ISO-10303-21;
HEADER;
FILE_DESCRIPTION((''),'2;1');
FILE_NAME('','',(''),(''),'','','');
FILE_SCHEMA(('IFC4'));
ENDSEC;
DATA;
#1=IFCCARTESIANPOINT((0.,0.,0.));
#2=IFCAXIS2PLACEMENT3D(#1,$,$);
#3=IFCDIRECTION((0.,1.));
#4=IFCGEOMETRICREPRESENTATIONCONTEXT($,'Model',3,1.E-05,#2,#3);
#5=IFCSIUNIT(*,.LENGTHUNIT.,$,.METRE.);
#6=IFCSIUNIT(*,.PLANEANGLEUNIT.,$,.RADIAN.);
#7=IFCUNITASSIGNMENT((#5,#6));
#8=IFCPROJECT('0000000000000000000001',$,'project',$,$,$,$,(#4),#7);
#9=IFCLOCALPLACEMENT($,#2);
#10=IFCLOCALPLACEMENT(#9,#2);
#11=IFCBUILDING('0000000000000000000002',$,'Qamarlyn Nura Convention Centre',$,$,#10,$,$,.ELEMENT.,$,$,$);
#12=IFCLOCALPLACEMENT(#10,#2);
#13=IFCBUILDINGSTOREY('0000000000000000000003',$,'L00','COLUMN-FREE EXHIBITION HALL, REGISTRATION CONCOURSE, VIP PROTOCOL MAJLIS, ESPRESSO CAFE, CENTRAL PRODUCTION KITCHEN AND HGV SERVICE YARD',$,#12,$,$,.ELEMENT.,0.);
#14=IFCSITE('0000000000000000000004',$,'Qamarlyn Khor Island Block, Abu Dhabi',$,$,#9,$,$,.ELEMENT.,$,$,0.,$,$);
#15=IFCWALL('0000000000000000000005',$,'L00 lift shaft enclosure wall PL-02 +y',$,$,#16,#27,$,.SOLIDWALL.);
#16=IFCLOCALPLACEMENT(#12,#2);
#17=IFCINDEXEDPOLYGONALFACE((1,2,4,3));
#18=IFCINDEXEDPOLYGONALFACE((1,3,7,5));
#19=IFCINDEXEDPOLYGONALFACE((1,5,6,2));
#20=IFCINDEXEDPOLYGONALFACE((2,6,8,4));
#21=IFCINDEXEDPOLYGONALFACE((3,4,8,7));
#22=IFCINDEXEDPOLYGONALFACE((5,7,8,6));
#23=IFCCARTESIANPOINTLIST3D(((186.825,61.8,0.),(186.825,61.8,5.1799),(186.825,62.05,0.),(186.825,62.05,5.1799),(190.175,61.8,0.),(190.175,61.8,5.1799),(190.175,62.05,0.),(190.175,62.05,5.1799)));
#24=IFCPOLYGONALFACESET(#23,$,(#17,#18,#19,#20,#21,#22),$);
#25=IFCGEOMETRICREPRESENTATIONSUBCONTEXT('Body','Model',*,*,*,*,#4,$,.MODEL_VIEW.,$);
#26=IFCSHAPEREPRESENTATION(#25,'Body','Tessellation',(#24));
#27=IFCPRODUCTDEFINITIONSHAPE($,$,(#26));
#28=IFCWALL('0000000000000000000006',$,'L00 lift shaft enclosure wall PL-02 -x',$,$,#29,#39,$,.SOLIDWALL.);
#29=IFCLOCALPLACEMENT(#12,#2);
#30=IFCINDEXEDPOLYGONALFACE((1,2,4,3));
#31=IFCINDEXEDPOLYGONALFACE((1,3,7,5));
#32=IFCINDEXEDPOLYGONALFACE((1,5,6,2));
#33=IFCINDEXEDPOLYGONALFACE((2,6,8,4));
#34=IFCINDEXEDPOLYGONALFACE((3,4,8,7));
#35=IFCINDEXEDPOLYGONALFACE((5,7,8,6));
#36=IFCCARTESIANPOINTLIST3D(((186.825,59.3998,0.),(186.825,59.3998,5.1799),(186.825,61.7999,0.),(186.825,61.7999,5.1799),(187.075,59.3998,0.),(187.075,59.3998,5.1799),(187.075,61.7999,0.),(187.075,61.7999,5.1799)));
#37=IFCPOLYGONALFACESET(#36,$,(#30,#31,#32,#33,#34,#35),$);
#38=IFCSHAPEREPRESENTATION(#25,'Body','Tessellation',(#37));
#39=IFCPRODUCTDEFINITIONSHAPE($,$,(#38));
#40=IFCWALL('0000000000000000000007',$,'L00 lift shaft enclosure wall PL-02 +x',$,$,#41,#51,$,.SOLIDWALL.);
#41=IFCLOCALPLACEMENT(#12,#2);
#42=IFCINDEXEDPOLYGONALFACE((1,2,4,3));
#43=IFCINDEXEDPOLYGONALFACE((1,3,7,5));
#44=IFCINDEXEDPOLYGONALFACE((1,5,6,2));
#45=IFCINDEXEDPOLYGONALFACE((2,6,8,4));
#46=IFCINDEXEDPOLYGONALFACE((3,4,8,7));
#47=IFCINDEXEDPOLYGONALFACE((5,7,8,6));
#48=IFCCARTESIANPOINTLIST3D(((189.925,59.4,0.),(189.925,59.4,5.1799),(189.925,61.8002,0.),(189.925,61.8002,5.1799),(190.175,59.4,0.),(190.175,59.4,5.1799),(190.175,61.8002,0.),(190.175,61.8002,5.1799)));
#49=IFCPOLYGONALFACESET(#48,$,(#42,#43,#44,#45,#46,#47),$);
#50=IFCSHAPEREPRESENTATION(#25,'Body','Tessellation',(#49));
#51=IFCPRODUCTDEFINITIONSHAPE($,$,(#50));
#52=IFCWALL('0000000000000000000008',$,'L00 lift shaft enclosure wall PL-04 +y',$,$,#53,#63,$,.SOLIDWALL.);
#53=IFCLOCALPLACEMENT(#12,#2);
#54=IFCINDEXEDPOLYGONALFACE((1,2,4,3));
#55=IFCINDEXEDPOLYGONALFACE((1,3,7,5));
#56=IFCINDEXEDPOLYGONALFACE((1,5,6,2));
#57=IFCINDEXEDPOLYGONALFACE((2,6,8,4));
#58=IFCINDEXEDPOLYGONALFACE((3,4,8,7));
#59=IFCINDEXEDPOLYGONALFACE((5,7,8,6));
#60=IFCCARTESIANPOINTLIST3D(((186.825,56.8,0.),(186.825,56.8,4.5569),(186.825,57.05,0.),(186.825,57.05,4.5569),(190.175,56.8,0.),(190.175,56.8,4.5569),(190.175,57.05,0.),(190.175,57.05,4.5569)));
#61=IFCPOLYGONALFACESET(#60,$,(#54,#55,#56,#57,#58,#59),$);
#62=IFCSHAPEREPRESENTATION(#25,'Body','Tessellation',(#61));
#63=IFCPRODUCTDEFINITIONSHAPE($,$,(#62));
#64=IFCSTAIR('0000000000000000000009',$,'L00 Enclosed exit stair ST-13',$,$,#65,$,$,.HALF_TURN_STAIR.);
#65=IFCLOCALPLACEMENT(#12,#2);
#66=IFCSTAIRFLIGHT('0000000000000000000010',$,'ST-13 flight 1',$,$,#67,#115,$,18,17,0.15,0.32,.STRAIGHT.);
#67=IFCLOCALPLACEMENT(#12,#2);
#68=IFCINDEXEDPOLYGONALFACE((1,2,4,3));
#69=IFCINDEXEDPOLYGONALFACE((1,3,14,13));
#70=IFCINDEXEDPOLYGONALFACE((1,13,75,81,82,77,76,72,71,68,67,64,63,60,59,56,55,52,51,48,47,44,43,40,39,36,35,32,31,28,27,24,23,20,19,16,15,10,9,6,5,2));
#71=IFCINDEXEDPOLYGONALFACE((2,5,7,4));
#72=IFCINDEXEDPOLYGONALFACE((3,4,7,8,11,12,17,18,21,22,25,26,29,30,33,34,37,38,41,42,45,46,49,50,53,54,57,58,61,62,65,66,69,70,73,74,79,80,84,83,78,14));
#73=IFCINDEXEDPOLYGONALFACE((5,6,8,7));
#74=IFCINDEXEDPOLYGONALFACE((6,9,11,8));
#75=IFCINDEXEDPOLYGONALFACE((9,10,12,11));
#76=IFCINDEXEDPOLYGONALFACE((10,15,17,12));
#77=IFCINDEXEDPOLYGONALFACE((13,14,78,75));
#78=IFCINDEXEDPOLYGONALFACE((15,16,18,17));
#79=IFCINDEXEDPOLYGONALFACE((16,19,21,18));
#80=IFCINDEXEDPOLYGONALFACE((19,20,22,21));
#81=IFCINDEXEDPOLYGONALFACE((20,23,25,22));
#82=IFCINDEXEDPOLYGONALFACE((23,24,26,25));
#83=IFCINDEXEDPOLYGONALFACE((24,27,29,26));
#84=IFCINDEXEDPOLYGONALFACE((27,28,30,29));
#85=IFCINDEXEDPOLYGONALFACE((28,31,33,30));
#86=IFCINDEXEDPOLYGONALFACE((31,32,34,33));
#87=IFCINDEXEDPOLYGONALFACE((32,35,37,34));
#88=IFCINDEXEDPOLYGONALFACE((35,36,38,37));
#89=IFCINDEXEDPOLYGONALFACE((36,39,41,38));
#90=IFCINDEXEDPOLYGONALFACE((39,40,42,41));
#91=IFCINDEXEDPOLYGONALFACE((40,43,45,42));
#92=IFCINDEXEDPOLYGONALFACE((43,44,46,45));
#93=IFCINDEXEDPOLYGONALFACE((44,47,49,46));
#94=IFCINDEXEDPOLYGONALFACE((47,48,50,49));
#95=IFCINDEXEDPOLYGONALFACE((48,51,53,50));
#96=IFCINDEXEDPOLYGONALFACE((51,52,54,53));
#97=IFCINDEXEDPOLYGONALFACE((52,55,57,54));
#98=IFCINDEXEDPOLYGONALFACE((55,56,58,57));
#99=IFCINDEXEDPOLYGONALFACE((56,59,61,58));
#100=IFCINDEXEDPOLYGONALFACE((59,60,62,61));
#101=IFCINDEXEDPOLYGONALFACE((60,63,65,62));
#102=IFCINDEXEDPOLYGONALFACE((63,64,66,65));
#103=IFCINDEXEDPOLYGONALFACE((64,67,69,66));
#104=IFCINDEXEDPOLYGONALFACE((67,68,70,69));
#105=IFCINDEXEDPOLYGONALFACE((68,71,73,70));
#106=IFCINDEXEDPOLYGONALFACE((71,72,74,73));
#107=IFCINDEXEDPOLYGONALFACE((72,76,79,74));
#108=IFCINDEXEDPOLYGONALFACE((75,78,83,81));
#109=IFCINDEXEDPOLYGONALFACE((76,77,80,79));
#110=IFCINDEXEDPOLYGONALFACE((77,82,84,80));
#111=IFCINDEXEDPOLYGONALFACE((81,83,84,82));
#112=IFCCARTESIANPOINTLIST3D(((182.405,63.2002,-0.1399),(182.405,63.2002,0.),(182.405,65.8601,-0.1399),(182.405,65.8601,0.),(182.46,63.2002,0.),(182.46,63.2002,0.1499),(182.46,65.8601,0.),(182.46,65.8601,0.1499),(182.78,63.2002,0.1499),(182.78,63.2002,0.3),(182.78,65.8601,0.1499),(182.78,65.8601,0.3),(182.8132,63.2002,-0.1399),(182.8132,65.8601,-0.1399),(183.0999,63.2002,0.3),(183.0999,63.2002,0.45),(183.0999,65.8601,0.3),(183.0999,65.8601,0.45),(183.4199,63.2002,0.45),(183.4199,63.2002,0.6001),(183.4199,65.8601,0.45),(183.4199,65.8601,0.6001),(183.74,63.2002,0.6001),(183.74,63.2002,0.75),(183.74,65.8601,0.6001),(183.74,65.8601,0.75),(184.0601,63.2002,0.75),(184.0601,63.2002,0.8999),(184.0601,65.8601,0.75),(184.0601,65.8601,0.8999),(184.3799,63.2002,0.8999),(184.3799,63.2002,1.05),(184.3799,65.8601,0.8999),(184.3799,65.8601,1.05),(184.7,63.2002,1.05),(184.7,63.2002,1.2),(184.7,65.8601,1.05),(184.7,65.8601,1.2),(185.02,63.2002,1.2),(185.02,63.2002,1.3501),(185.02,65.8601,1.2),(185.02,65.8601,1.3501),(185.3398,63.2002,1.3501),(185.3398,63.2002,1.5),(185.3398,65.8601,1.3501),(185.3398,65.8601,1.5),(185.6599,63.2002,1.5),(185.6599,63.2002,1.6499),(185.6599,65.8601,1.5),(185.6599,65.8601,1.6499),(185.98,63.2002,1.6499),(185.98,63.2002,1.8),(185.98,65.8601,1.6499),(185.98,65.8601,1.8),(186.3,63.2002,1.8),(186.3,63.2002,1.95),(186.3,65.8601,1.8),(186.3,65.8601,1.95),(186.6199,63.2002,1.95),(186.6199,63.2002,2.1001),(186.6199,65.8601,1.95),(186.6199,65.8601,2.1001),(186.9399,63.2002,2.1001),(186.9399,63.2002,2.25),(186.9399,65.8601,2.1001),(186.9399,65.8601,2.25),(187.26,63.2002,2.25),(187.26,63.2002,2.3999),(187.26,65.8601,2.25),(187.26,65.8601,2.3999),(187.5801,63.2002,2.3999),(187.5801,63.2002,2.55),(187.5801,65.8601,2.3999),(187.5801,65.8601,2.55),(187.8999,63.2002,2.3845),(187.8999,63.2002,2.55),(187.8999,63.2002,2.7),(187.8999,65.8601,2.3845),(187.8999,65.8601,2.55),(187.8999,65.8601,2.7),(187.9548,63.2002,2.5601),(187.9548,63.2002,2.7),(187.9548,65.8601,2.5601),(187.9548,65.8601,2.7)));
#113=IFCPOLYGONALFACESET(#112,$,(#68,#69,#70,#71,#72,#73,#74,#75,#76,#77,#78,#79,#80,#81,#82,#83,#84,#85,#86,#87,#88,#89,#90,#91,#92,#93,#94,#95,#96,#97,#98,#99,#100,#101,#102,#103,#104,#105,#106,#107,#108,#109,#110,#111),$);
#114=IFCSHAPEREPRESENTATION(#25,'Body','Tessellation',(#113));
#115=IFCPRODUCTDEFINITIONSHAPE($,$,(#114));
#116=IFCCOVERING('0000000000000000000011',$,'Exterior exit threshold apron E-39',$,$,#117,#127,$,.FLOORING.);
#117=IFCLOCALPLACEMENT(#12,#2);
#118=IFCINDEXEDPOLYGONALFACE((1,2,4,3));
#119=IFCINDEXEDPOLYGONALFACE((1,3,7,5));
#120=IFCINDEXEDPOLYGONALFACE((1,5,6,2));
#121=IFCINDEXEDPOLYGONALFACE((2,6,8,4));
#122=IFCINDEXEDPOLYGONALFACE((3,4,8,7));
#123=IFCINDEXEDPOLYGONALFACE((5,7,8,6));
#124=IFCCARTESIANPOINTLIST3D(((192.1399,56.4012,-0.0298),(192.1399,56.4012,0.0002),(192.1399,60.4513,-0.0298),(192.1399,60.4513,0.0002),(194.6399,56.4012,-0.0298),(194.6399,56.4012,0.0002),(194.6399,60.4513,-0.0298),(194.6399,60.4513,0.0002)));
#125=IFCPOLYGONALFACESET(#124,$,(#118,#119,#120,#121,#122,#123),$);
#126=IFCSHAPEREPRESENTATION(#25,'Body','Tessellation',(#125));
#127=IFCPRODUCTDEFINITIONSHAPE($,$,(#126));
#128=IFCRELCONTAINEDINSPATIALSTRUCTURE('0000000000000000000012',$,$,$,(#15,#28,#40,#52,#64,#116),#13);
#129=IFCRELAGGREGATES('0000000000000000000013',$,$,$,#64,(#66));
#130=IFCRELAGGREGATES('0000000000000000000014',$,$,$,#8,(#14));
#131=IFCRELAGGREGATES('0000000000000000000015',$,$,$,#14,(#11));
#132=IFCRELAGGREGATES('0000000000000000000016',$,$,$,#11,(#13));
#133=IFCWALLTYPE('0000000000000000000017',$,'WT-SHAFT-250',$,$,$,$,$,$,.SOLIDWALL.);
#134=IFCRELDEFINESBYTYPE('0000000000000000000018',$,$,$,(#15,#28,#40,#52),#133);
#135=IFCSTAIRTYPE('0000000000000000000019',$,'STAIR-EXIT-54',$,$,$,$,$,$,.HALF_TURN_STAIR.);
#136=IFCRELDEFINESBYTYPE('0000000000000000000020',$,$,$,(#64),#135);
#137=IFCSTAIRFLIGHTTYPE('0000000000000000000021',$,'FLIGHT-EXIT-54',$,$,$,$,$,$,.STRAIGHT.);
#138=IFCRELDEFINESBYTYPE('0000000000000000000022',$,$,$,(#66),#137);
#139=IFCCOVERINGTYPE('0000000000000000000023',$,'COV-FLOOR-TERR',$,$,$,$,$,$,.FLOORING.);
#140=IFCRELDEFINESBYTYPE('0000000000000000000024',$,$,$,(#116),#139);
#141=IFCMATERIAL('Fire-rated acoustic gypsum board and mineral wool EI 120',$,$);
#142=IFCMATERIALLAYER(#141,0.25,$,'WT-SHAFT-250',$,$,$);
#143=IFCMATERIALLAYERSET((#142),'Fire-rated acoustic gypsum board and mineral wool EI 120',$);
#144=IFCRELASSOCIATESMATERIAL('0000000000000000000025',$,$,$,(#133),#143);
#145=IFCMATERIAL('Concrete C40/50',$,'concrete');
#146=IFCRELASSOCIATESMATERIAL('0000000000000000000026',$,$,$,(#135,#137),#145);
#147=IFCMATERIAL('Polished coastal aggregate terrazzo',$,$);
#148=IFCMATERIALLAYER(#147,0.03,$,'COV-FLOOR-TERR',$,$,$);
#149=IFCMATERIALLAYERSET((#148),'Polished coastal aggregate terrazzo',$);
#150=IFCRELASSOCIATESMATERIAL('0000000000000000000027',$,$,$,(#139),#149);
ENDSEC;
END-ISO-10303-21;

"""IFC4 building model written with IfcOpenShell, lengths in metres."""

from ifc_helpers import new_model, si_unit, direction, frame, frame_2d, origin, origin_2d, place, context, subcontext, project, spatial, polyline, rectangle, outline, extrude, material, layer, layer_set, type_object, element, aggregate, save


model = new_model("IFC4")

# Units and contexts
model_context = context("Model", 3, precision=1e-05, world=origin(), true_north=direction((0.0, 1.0)))
body_context = subcontext(model_context, "Body", "Model", "MODEL_VIEW")
ifc_project = project(units=[si_unit("LENGTHUNIT", "METRE"), si_unit("PLANEANGLEUNIT", "RADIAN")], contexts=[model_context])

# Site, building, storey
site_placement = place(None, origin())
site = spatial("IfcSite", under=ifc_project, at=site_placement, Name="Qamarlyn Khor Island Block, Abu Dhabi", CompositionType="ELEMENT", RefElevation=0.0)
building_placement = place(site_placement, origin())
building = spatial("IfcBuilding", under=site, at=building_placement, Name="Qamarlyn Nura Convention Centre", CompositionType="ELEMENT")
storey_placement = place(building_placement, origin())
storey = spatial("IfcBuildingStorey", under=building, at=storey_placement, Name="L00", Description="COLUMN-FREE EXHIBITION HALL, REGISTRATION CONCOURSE, VIP PROTOCOL MAJLIS, ESPRESSO CAFE, CENTRAL PRODUCTION KITCHEN AND HGV SERVICE YARD", CompositionType="ELEMENT", Elevation=0.0)

# Shared definitions
ifc_material_1 = material(Name="Concrete C40/50", Category="concrete")

# Shared definitions
ifc_material_2 = material(Name="Fire-rated acoustic gypsum board and mineral wool EI 120")
ifc_layer_1 = layer(ifc_material_2, 0.25, Name="WT-SHAFT-250")
ifc_layer_set_1 = layer_set([ifc_layer_1], Name="Fire-rated acoustic gypsum board and mineral wool EI 120")
wall_type_1 = type_object("IfcWallType", Name="WT-SHAFT-250", PredefinedType="SOLIDWALL", material=ifc_layer_set_1)

# Walls
wall_1_placement = place(storey_placement, frame((190.175, 61.925, 0.0), z_axis=(0.0, 0.0, 1.0), x_axis=(-1.0, 0.0, 0.0)))
element("IfcWall", 1, at=wall_1_placement, inside=storey, type_object=wall_type_1, Name="L00 lift shaft enclosure wall PL-02 +y", PredefinedType="SOLIDWALL", context=body_context, shape_type="SweptSolid", body=[
    extrude(rectangle(XDim=3.3501, YDim=0.25, at=frame_2d((1.675, 0.0))), origin(), (0.0, 0.0, 1.0), 5.1799),
])
for number, where, z_axis, x_axis, name in (
    (2, (186.95, 61.8, 0.0), (0.0, 0.0, 1.0), (0.0, -1.0, 0.0), "L00 lift shaft enclosure wall PL-02 -x"),
    (3, (190.05, 59.3999, 0.0), (0.0, 0.0, 1.0), (0.0, 1.0, 0.0), "L00 lift shaft enclosure wall PL-02 +x"),
):
    element("IfcWall", number, at=place(storey_placement, frame(where, z_axis=z_axis, x_axis=x_axis)), inside=storey, type_object=wall_type_1, Name=name, PredefinedType="SOLIDWALL", context=body_context, shape_type="SweptSolid", body=[
        extrude(rectangle(XDim=2.4001, YDim=0.25, at=frame_2d((1.2002, 0.0))), origin(), (0.0, 0.0, 1.0), 5.1799),
    ])
wall_2_placement = place(storey_placement, frame((190.175, 56.925, 0.0), z_axis=(0.0, 0.0, 1.0), x_axis=(-1.0, 0.0, 0.0)))
element("IfcWall", 4, at=wall_2_placement, inside=storey, type_object=wall_type_1, Name="L00 lift shaft enclosure wall PL-04 +y", PredefinedType="SOLIDWALL", context=body_context, shape_type="SweptSolid", body=[
    extrude(rectangle(XDim=3.3501, YDim=0.25, at=frame_2d((1.675, 0.0))), origin(), (0.0, 0.0, 1.0), 4.5569),
])

# Stair, stair flight
stair_type = type_object("IfcStairType", Name="STAIR-EXIT-54", PredefinedType="HALF_TURN_STAIR", material=ifc_material_1)
stair_placement = place(storey_placement, origin())
stair = element("IfcStair", 5, at=stair_placement, inside=storey, type_object=stair_type, Name="L00 Enclosed exit stair ST-13", PredefinedType="HALF_TURN_STAIR")
stair_flight_type = type_object("IfcStairFlightType", Name="FLIGHT-EXIT-54", PredefinedType="STRAIGHT", material=ifc_material_1)
stair_flight_placement = place(storey_placement, frame((182.46, 64.53, 0.0), z_axis=(0.0, 0.0, 1.0), x_axis=(1.0, 0.0, 0.0)))
stair_flight = element("IfcStairFlight", 6, at=stair_flight_placement, type_object=stair_flight_type, Name="ST-13 flight 1", NumberOfRisers=18, NumberOfTreads=17, PredefinedType="STRAIGHT", RiserHeight=0.15, TreadLength=0.32, context=body_context, shape_type="SweptSolid", body=[
    extrude(outline(polyline([(-0.0549, 0.0), (0.0, 0.0), (0.0, 0.1499), (0.3201, 0.1499), (0.3201, 0.3), (0.6399, 0.3), (0.6399, 0.45), (0.96, 0.45), (0.96, 0.6001), (1.28, 0.6001), (1.28, 0.75), (1.6001, 0.75), (1.6001, 0.8999), (1.9199, 0.8999), (1.9199, 1.05), (2.24, 1.05), (2.24, 1.2), (2.5601, 1.2), (2.5601, 1.3501), (2.8799, 1.3501), (2.8799, 1.5), (3.2, 1.5), (3.2, 1.6499), (3.52, 1.6499), (3.52, 1.8), (3.8401, 1.8), (3.8401, 1.95), (4.1599, 1.95), (4.1599, 2.1001), (4.48, 2.1001), (4.48, 2.25), (4.8, 2.25), (4.8, 2.3999), (5.1201, 2.3999), (5.1201, 2.55), (5.4399, 2.55), (5.4399, 2.7), (5.4949, 2.7), (5.4949, 2.5601), (5.4399, 2.3845), (0.3533, -0.1399), (-0.0549, -0.1399), (-0.0549, 0.0)])), frame((0.0, 1.3301, 0.0), z_axis=(0.0, -1.0, 0.0), x_axis=(1.0, 0.0, 0.0)), (0.0, 0.0, 1.0), 2.6599),
])
aggregate(stair, [stair_flight])

# Covering
ifc_material_3 = material(Name="Polished coastal aggregate terrazzo")
ifc_layer_2 = layer(ifc_material_3, 0.03, Name="COV-FLOOR-TERR")
ifc_layer_set_2 = layer_set([ifc_layer_2], Name="Polished coastal aggregate terrazzo")
covering_type = type_object("IfcCoveringType", Name="COV-FLOOR-TERR", PredefinedType="FLOORING", material=ifc_layer_set_2)
covering_placement = place(storey_placement, frame((193.3899, 58.4263, -0.0298), z_axis=(0.0, 0.0, 1.0), x_axis=(0.0, -1.0, 0.0)))
element("IfcCovering", 7, at=covering_placement, inside=storey, type_object=covering_type, Name="Exterior exit threshold apron E-39", PredefinedType="FLOORING", context=body_context, shape_type="SweptSolid", body=[
    extrude(rectangle(XDim=4.05, YDim=2.5, at=origin_2d()), origin(), (0.0, 0.0, 1.0), 0.03),
])

save(model, "model.ifc")
